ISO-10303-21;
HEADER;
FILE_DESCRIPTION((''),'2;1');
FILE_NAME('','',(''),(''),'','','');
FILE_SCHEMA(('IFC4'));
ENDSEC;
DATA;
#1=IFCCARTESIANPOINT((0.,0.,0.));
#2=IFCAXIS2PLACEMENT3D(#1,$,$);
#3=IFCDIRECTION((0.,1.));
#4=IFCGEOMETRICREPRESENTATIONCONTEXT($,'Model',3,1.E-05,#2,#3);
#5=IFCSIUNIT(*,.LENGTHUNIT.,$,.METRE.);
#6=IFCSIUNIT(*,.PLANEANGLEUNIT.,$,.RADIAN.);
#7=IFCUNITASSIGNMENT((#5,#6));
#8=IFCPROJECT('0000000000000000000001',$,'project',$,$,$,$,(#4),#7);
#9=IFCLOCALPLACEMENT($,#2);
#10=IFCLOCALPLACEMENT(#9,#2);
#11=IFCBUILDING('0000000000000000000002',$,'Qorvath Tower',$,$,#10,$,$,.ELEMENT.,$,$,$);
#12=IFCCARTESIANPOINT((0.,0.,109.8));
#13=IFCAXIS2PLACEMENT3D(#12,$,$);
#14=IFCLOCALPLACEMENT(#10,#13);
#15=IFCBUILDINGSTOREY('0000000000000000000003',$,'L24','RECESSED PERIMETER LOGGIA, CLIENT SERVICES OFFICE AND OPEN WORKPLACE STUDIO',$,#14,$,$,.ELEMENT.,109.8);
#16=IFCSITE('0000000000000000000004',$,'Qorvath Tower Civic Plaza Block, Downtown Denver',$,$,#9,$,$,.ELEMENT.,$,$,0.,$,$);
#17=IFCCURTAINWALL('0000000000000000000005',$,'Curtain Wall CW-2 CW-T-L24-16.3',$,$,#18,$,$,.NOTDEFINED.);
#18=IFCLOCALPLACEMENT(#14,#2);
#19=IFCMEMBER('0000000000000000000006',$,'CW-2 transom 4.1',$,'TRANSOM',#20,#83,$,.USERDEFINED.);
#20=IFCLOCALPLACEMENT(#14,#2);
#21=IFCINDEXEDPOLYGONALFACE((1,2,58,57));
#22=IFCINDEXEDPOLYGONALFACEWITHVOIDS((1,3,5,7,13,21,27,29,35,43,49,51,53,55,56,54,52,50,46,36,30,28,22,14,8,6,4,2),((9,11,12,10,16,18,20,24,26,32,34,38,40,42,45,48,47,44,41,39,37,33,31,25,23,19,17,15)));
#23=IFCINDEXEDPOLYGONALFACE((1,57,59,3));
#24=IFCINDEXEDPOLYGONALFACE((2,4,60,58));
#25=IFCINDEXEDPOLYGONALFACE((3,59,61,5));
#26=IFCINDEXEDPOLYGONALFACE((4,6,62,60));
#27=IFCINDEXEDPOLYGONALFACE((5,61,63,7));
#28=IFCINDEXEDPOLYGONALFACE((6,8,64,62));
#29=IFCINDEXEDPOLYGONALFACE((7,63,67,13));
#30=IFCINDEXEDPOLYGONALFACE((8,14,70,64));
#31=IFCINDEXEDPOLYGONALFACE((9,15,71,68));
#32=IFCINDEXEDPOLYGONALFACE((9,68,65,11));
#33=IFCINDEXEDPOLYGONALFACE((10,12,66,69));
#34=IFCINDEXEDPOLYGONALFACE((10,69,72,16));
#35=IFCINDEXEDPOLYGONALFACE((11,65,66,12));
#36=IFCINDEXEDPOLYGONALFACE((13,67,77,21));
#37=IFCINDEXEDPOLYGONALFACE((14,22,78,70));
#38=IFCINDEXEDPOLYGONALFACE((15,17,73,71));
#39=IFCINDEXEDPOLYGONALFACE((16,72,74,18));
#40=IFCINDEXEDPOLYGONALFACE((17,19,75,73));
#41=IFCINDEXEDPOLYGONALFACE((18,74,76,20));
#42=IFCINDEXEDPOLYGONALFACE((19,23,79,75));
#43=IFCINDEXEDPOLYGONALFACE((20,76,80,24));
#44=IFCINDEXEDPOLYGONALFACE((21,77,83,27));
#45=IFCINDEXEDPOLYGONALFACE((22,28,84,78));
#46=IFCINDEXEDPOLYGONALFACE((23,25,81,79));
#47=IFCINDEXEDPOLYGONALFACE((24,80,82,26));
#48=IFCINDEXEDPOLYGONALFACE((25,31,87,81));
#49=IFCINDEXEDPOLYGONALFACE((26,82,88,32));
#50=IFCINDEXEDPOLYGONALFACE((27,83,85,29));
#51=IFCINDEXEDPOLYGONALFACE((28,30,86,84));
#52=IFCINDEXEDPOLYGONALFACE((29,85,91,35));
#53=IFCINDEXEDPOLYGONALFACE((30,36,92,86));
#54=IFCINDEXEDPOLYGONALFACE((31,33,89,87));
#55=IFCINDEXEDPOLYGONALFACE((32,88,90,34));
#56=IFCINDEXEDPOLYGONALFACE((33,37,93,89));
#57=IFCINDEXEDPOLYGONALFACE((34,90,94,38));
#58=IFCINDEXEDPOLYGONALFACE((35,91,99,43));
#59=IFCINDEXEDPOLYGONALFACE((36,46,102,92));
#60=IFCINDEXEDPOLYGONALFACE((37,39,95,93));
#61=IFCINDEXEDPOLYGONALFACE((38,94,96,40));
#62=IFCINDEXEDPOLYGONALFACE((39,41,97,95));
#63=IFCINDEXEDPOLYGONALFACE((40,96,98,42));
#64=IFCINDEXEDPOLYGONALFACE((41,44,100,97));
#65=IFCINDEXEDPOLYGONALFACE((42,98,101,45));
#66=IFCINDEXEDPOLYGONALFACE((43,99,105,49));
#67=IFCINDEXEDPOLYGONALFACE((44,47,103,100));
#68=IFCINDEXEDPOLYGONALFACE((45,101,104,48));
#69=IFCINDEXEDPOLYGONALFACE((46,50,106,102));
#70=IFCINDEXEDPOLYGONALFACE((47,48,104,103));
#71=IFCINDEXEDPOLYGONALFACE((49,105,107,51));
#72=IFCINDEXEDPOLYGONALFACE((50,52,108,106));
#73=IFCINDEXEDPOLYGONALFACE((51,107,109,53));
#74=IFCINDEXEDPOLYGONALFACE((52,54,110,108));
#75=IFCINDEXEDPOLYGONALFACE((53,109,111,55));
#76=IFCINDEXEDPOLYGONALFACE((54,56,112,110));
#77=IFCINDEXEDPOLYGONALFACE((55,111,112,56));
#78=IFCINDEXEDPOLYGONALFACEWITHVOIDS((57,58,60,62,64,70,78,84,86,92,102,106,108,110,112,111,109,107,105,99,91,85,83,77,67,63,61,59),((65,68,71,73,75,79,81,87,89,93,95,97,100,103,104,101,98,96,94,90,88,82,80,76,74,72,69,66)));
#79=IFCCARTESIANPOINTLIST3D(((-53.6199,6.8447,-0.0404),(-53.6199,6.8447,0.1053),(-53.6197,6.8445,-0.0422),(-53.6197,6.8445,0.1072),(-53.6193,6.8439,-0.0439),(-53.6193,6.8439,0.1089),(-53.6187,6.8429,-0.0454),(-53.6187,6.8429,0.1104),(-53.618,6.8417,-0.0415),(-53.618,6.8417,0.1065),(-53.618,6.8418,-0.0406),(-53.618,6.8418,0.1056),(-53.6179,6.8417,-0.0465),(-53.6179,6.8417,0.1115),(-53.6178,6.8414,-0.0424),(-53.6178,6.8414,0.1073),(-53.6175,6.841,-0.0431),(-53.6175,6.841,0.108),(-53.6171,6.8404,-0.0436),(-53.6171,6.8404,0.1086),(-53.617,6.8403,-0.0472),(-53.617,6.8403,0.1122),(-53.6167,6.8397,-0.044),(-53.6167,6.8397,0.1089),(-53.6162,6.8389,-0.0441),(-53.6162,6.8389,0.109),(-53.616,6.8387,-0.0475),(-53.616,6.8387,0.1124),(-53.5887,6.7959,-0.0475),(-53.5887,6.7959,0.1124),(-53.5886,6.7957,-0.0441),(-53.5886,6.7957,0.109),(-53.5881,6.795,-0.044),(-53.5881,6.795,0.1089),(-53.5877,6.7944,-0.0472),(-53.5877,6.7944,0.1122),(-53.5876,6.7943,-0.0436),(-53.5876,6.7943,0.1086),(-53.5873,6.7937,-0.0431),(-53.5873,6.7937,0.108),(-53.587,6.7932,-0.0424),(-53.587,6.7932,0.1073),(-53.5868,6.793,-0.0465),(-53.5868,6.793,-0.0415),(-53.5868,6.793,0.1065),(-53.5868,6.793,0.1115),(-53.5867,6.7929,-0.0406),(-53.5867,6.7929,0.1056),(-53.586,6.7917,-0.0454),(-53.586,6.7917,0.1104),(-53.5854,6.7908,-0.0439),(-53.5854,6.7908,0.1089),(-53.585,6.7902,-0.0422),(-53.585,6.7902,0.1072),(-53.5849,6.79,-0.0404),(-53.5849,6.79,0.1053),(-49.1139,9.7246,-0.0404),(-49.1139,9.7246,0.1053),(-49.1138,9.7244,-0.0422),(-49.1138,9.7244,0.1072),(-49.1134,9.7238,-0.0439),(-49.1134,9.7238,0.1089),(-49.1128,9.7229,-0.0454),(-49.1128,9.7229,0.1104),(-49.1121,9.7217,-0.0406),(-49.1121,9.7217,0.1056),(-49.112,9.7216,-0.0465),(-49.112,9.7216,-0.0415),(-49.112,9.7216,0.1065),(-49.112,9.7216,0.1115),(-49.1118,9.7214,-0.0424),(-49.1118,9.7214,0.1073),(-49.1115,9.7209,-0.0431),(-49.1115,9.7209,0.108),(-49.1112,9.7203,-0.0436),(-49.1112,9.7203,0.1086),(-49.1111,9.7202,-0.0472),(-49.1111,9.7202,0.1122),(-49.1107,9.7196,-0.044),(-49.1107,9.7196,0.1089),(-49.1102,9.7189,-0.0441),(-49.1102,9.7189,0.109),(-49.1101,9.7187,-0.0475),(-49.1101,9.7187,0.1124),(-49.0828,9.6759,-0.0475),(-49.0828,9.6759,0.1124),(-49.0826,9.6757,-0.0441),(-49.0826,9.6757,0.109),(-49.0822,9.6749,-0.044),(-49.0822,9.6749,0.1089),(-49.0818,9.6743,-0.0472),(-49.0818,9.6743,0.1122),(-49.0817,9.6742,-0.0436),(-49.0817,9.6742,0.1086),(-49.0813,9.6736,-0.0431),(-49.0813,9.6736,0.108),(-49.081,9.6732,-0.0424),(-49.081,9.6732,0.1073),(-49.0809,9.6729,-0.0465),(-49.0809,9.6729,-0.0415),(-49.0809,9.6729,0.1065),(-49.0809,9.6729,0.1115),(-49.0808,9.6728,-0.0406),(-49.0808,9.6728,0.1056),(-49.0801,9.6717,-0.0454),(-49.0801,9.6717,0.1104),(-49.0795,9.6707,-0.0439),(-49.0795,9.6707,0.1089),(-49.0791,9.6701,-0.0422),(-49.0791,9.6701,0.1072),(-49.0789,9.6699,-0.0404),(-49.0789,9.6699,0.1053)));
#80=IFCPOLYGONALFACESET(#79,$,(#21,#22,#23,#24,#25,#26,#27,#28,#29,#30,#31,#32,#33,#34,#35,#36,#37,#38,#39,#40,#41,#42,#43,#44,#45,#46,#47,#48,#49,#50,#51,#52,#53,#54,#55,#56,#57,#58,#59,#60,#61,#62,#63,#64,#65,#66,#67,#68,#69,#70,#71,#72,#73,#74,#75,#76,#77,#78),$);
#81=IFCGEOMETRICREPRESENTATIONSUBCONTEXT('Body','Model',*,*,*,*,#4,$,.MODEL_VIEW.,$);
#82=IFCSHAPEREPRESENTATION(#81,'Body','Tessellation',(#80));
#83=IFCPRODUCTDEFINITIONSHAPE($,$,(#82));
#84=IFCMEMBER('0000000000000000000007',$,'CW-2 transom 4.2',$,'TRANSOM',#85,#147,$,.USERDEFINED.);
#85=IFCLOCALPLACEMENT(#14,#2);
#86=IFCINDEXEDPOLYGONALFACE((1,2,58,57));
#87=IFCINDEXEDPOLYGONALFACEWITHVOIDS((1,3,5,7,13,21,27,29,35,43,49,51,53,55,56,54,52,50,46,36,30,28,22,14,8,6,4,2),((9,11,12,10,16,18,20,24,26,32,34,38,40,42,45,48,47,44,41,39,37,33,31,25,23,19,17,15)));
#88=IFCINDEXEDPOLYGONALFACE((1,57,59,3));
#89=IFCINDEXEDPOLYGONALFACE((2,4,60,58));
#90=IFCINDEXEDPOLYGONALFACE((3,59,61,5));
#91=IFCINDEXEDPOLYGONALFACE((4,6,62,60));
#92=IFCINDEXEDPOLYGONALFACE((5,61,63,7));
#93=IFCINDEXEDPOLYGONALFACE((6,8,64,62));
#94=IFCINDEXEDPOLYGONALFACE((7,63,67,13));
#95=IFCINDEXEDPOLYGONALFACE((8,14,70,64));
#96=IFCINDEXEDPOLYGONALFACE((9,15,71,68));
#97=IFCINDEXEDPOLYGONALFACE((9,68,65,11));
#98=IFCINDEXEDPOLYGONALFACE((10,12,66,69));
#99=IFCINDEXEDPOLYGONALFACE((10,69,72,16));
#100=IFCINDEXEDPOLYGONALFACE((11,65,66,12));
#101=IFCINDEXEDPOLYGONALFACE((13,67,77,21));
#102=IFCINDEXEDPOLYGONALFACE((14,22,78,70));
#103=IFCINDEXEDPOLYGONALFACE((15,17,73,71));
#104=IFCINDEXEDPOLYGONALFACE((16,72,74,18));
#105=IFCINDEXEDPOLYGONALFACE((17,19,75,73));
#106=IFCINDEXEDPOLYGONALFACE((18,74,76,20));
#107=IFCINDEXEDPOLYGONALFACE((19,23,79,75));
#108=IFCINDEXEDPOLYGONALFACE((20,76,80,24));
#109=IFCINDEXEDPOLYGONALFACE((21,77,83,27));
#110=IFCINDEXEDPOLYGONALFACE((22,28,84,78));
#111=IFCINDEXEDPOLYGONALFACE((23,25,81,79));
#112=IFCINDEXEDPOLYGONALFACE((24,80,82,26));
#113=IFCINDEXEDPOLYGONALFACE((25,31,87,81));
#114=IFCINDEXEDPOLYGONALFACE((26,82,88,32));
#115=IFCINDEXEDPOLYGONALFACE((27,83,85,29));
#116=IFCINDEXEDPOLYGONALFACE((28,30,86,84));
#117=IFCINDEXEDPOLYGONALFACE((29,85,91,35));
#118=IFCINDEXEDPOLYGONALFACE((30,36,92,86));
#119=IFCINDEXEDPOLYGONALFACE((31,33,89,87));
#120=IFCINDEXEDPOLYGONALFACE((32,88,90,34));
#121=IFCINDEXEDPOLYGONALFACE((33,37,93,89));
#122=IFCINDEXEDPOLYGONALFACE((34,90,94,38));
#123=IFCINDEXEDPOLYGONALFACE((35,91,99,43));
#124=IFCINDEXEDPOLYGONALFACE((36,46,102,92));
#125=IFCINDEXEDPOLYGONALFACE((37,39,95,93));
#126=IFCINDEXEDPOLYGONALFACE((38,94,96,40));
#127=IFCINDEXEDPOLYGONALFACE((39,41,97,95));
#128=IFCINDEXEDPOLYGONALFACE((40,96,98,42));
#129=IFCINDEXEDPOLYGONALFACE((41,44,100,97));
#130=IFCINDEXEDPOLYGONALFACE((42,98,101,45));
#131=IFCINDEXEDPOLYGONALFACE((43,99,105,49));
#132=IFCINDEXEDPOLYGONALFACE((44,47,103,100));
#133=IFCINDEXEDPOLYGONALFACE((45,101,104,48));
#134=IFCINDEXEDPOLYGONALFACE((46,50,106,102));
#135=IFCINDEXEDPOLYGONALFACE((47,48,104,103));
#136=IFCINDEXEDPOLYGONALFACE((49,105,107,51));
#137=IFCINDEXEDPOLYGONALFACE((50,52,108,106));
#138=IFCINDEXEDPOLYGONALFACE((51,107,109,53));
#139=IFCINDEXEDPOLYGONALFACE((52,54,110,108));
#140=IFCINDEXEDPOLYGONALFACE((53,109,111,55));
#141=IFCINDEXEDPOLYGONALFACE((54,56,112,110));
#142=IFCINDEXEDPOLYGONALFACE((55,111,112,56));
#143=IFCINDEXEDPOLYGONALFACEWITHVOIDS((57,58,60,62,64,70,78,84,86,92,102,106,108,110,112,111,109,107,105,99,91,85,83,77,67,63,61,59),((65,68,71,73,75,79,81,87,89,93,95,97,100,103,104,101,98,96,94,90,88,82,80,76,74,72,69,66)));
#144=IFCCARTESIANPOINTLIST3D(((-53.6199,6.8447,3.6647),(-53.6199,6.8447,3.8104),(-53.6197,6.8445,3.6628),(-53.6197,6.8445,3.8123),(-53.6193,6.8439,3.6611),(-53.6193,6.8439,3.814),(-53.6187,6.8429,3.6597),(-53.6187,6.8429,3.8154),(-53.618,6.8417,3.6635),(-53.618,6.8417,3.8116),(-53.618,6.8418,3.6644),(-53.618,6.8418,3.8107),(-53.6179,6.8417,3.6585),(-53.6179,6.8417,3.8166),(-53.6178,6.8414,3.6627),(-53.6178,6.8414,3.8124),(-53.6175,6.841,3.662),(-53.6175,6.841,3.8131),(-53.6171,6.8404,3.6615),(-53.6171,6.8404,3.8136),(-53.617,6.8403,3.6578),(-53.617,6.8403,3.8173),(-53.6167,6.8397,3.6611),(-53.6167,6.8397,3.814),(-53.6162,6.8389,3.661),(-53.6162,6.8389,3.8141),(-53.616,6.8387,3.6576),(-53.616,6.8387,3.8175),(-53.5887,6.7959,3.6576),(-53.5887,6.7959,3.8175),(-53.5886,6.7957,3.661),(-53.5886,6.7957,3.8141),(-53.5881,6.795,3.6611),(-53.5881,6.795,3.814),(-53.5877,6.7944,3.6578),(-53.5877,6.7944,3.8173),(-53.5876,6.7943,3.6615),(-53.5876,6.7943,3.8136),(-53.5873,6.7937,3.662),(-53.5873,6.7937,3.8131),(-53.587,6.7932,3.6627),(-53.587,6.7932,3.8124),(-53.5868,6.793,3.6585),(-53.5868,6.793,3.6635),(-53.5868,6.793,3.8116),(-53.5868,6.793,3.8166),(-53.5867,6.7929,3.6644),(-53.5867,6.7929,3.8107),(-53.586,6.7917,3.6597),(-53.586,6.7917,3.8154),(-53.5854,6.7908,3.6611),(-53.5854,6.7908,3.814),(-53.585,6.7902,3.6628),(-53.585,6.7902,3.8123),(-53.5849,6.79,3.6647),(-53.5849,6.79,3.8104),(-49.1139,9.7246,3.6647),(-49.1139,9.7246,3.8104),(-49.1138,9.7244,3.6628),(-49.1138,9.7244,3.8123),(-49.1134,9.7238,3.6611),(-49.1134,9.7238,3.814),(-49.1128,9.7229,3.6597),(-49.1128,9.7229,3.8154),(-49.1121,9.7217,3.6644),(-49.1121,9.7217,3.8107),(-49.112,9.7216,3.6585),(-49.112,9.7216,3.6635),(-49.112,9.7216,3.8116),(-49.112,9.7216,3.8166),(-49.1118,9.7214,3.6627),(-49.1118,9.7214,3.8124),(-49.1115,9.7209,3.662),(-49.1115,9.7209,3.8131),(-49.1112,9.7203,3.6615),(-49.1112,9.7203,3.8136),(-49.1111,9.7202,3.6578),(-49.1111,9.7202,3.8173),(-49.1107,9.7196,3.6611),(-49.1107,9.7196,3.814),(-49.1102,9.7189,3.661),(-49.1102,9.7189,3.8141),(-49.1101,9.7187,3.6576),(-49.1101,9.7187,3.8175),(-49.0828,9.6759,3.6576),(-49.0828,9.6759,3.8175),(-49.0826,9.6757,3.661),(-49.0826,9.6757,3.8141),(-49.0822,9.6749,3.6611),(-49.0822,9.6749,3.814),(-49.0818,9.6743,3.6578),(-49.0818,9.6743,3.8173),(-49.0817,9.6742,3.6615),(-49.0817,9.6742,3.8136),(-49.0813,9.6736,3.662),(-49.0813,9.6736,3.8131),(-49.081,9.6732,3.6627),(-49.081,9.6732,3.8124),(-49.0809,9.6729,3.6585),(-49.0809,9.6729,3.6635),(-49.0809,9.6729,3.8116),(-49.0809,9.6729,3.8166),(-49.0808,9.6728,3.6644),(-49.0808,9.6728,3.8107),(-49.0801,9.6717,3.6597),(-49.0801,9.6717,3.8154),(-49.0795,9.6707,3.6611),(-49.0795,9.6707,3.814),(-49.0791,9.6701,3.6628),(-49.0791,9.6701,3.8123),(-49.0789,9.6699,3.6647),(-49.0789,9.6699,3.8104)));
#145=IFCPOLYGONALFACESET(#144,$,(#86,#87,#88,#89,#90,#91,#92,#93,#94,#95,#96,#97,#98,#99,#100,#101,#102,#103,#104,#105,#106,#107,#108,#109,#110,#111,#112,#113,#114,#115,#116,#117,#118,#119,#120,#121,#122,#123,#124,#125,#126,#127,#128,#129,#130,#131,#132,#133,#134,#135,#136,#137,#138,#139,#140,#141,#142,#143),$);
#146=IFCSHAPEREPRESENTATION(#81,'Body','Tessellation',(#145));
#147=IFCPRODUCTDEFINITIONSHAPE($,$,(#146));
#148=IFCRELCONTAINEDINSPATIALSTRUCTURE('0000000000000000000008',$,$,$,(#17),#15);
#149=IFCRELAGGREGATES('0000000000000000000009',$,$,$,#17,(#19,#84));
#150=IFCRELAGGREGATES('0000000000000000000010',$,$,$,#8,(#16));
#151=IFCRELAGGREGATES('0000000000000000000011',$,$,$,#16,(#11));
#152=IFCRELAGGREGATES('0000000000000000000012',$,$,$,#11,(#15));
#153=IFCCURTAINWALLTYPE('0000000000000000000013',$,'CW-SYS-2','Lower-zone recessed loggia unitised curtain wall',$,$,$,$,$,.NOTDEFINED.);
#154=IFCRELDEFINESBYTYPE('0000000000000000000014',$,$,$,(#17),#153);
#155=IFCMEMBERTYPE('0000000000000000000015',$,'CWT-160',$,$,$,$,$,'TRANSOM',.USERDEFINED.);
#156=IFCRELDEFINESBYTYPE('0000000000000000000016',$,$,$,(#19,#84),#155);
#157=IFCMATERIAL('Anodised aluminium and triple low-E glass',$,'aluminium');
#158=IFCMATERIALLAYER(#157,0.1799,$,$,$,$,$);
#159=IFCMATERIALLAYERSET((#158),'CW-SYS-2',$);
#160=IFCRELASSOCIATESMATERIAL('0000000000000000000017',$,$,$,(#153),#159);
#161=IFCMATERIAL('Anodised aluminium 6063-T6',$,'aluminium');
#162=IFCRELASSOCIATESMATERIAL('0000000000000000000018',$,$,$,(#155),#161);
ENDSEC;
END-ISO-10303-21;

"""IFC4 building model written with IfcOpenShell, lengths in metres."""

from ifc_helpers import new_model, si_unit, direction, frame, origin, origin_2d, place, context, subcontext, project, spatial, hollow_rectangle, extrude, material, layer, layer_set, material_profile, profile_set, type_object, element, aggregate, save


model = new_model("IFC4")

# Units and contexts
model_context = context("Model", 3, precision=1e-05, world=origin(), true_north=direction((0.0, 1.0)))
body_context = subcontext(model_context, "Body", "Model", "MODEL_VIEW")
ifc_project = project(units=[si_unit("LENGTHUNIT", "METRE"), si_unit("PLANEANGLEUNIT", "RADIAN")], contexts=[model_context])

# Site, building, storey
site_placement = place(None, origin())
site = spatial("IfcSite", under=ifc_project, at=site_placement, Name="Qorvath Tower Civic Plaza Block, Downtown Denver", CompositionType="ELEMENT", RefElevation=0.0)
building_placement = place(site_placement, origin())
building = spatial("IfcBuilding", under=site, at=building_placement, Name="Qorvath Tower", CompositionType="ELEMENT")
storey_placement = place(building_placement, frame((0.0, 0.0, 109.8)))
storey = spatial("IfcBuildingStorey", under=building, at=storey_placement, Name="L24", Description="RECESSED PERIMETER LOGGIA, CLIENT SERVICES OFFICE AND OPEN WORKPLACE STUDIO", CompositionType="ELEMENT", Elevation=109.8)

# Curtain wall, members
ifc_material_1 = material(Name="Anodised aluminium and triple low-E glass", Category="aluminium")
ifc_layer_1 = layer(ifc_material_1, 0.1799)
ifc_layer_set_1 = layer_set([ifc_layer_1], Name="CW-SYS-2")
curtain_wall_type = type_object("IfcCurtainWallType", Name="CW-SYS-2", Description="Lower-zone recessed loggia unitised curtain wall", PredefinedType="NOTDEFINED", material=ifc_layer_set_1)
curtain_wall_placement = place(storey_placement, origin())
curtain_wall = element("IfcCurtainWall", 1, at=curtain_wall_placement, inside=storey, type_object=curtain_wall_type, Name="Curtain Wall CW-2 CW-T-L24-16.3", PredefinedType="NOTDEFINED")
ifc_material_2 = material(Name="Anodised aluminium 6063-T6", Category="aluminium")
ifc_material_profile_1 = material_profile(ifc_material_2, hollow_rectangle(XDim=0.0649, YDim=0.1599, WallThickness=0.0034, InnerFilletRadius=0.0034, OuterFilletRadius=0.0071, at=origin_2d()), Name="CWT 160x65")
ifc_profile_set_1 = profile_set([ifc_material_profile_1], Name="Anodised aluminium 6063-T6")
member_type_1 = type_object("IfcMemberType", Name="CWT-160", ElementType="TRANSOM", PredefinedType="USERDEFINED", material=ifc_profile_set_1)
member_1_placement = place(storey_placement, frame((-49.0964, 9.6973, 0.0325), z_axis=(-0.8426, -0.538541, 0.0), x_axis=(0.538541, -0.8426, 0.0)))
member_1 = element("IfcMember", 2, at=member_1_placement, type_object=member_type_1, Name="CW-2 transom 4.1", ObjectType="TRANSOM", PredefinedType="USERDEFINED", context=body_context, shape_type="SweptSolid", body=[
    extrude(hollow_rectangle(XDim=0.0649, YDim=0.1599, WallThickness=0.0034, InnerFilletRadius=0.0034, OuterFilletRadius=0.0071, at=origin_2d()), origin(), (0.0, 0.0, 1.0), 5.3477),
])
member_2_placement = place(storey_placement, frame((-49.0964, 9.6973, 3.7375), z_axis=(-0.8426, -0.538541, 0.0), x_axis=(0.538541, -0.8426, 0.0)))
member_2 = element("IfcMember", 3, at=member_2_placement, type_object=member_type_1, Name="CW-2 transom 4.2", ObjectType="TRANSOM", PredefinedType="USERDEFINED", context=body_context, shape_type="SweptSolid", body=[
    extrude(hollow_rectangle(XDim=0.0649, YDim=0.1599, WallThickness=0.0034, InnerFilletRadius=0.0034, OuterFilletRadius=0.0071, at=origin_2d()), origin(), (0.0, 0.0, 1.0), 5.3477),
])
aggregate(curtain_wall, [member_1, member_2])

save(model, "model.ifc")
